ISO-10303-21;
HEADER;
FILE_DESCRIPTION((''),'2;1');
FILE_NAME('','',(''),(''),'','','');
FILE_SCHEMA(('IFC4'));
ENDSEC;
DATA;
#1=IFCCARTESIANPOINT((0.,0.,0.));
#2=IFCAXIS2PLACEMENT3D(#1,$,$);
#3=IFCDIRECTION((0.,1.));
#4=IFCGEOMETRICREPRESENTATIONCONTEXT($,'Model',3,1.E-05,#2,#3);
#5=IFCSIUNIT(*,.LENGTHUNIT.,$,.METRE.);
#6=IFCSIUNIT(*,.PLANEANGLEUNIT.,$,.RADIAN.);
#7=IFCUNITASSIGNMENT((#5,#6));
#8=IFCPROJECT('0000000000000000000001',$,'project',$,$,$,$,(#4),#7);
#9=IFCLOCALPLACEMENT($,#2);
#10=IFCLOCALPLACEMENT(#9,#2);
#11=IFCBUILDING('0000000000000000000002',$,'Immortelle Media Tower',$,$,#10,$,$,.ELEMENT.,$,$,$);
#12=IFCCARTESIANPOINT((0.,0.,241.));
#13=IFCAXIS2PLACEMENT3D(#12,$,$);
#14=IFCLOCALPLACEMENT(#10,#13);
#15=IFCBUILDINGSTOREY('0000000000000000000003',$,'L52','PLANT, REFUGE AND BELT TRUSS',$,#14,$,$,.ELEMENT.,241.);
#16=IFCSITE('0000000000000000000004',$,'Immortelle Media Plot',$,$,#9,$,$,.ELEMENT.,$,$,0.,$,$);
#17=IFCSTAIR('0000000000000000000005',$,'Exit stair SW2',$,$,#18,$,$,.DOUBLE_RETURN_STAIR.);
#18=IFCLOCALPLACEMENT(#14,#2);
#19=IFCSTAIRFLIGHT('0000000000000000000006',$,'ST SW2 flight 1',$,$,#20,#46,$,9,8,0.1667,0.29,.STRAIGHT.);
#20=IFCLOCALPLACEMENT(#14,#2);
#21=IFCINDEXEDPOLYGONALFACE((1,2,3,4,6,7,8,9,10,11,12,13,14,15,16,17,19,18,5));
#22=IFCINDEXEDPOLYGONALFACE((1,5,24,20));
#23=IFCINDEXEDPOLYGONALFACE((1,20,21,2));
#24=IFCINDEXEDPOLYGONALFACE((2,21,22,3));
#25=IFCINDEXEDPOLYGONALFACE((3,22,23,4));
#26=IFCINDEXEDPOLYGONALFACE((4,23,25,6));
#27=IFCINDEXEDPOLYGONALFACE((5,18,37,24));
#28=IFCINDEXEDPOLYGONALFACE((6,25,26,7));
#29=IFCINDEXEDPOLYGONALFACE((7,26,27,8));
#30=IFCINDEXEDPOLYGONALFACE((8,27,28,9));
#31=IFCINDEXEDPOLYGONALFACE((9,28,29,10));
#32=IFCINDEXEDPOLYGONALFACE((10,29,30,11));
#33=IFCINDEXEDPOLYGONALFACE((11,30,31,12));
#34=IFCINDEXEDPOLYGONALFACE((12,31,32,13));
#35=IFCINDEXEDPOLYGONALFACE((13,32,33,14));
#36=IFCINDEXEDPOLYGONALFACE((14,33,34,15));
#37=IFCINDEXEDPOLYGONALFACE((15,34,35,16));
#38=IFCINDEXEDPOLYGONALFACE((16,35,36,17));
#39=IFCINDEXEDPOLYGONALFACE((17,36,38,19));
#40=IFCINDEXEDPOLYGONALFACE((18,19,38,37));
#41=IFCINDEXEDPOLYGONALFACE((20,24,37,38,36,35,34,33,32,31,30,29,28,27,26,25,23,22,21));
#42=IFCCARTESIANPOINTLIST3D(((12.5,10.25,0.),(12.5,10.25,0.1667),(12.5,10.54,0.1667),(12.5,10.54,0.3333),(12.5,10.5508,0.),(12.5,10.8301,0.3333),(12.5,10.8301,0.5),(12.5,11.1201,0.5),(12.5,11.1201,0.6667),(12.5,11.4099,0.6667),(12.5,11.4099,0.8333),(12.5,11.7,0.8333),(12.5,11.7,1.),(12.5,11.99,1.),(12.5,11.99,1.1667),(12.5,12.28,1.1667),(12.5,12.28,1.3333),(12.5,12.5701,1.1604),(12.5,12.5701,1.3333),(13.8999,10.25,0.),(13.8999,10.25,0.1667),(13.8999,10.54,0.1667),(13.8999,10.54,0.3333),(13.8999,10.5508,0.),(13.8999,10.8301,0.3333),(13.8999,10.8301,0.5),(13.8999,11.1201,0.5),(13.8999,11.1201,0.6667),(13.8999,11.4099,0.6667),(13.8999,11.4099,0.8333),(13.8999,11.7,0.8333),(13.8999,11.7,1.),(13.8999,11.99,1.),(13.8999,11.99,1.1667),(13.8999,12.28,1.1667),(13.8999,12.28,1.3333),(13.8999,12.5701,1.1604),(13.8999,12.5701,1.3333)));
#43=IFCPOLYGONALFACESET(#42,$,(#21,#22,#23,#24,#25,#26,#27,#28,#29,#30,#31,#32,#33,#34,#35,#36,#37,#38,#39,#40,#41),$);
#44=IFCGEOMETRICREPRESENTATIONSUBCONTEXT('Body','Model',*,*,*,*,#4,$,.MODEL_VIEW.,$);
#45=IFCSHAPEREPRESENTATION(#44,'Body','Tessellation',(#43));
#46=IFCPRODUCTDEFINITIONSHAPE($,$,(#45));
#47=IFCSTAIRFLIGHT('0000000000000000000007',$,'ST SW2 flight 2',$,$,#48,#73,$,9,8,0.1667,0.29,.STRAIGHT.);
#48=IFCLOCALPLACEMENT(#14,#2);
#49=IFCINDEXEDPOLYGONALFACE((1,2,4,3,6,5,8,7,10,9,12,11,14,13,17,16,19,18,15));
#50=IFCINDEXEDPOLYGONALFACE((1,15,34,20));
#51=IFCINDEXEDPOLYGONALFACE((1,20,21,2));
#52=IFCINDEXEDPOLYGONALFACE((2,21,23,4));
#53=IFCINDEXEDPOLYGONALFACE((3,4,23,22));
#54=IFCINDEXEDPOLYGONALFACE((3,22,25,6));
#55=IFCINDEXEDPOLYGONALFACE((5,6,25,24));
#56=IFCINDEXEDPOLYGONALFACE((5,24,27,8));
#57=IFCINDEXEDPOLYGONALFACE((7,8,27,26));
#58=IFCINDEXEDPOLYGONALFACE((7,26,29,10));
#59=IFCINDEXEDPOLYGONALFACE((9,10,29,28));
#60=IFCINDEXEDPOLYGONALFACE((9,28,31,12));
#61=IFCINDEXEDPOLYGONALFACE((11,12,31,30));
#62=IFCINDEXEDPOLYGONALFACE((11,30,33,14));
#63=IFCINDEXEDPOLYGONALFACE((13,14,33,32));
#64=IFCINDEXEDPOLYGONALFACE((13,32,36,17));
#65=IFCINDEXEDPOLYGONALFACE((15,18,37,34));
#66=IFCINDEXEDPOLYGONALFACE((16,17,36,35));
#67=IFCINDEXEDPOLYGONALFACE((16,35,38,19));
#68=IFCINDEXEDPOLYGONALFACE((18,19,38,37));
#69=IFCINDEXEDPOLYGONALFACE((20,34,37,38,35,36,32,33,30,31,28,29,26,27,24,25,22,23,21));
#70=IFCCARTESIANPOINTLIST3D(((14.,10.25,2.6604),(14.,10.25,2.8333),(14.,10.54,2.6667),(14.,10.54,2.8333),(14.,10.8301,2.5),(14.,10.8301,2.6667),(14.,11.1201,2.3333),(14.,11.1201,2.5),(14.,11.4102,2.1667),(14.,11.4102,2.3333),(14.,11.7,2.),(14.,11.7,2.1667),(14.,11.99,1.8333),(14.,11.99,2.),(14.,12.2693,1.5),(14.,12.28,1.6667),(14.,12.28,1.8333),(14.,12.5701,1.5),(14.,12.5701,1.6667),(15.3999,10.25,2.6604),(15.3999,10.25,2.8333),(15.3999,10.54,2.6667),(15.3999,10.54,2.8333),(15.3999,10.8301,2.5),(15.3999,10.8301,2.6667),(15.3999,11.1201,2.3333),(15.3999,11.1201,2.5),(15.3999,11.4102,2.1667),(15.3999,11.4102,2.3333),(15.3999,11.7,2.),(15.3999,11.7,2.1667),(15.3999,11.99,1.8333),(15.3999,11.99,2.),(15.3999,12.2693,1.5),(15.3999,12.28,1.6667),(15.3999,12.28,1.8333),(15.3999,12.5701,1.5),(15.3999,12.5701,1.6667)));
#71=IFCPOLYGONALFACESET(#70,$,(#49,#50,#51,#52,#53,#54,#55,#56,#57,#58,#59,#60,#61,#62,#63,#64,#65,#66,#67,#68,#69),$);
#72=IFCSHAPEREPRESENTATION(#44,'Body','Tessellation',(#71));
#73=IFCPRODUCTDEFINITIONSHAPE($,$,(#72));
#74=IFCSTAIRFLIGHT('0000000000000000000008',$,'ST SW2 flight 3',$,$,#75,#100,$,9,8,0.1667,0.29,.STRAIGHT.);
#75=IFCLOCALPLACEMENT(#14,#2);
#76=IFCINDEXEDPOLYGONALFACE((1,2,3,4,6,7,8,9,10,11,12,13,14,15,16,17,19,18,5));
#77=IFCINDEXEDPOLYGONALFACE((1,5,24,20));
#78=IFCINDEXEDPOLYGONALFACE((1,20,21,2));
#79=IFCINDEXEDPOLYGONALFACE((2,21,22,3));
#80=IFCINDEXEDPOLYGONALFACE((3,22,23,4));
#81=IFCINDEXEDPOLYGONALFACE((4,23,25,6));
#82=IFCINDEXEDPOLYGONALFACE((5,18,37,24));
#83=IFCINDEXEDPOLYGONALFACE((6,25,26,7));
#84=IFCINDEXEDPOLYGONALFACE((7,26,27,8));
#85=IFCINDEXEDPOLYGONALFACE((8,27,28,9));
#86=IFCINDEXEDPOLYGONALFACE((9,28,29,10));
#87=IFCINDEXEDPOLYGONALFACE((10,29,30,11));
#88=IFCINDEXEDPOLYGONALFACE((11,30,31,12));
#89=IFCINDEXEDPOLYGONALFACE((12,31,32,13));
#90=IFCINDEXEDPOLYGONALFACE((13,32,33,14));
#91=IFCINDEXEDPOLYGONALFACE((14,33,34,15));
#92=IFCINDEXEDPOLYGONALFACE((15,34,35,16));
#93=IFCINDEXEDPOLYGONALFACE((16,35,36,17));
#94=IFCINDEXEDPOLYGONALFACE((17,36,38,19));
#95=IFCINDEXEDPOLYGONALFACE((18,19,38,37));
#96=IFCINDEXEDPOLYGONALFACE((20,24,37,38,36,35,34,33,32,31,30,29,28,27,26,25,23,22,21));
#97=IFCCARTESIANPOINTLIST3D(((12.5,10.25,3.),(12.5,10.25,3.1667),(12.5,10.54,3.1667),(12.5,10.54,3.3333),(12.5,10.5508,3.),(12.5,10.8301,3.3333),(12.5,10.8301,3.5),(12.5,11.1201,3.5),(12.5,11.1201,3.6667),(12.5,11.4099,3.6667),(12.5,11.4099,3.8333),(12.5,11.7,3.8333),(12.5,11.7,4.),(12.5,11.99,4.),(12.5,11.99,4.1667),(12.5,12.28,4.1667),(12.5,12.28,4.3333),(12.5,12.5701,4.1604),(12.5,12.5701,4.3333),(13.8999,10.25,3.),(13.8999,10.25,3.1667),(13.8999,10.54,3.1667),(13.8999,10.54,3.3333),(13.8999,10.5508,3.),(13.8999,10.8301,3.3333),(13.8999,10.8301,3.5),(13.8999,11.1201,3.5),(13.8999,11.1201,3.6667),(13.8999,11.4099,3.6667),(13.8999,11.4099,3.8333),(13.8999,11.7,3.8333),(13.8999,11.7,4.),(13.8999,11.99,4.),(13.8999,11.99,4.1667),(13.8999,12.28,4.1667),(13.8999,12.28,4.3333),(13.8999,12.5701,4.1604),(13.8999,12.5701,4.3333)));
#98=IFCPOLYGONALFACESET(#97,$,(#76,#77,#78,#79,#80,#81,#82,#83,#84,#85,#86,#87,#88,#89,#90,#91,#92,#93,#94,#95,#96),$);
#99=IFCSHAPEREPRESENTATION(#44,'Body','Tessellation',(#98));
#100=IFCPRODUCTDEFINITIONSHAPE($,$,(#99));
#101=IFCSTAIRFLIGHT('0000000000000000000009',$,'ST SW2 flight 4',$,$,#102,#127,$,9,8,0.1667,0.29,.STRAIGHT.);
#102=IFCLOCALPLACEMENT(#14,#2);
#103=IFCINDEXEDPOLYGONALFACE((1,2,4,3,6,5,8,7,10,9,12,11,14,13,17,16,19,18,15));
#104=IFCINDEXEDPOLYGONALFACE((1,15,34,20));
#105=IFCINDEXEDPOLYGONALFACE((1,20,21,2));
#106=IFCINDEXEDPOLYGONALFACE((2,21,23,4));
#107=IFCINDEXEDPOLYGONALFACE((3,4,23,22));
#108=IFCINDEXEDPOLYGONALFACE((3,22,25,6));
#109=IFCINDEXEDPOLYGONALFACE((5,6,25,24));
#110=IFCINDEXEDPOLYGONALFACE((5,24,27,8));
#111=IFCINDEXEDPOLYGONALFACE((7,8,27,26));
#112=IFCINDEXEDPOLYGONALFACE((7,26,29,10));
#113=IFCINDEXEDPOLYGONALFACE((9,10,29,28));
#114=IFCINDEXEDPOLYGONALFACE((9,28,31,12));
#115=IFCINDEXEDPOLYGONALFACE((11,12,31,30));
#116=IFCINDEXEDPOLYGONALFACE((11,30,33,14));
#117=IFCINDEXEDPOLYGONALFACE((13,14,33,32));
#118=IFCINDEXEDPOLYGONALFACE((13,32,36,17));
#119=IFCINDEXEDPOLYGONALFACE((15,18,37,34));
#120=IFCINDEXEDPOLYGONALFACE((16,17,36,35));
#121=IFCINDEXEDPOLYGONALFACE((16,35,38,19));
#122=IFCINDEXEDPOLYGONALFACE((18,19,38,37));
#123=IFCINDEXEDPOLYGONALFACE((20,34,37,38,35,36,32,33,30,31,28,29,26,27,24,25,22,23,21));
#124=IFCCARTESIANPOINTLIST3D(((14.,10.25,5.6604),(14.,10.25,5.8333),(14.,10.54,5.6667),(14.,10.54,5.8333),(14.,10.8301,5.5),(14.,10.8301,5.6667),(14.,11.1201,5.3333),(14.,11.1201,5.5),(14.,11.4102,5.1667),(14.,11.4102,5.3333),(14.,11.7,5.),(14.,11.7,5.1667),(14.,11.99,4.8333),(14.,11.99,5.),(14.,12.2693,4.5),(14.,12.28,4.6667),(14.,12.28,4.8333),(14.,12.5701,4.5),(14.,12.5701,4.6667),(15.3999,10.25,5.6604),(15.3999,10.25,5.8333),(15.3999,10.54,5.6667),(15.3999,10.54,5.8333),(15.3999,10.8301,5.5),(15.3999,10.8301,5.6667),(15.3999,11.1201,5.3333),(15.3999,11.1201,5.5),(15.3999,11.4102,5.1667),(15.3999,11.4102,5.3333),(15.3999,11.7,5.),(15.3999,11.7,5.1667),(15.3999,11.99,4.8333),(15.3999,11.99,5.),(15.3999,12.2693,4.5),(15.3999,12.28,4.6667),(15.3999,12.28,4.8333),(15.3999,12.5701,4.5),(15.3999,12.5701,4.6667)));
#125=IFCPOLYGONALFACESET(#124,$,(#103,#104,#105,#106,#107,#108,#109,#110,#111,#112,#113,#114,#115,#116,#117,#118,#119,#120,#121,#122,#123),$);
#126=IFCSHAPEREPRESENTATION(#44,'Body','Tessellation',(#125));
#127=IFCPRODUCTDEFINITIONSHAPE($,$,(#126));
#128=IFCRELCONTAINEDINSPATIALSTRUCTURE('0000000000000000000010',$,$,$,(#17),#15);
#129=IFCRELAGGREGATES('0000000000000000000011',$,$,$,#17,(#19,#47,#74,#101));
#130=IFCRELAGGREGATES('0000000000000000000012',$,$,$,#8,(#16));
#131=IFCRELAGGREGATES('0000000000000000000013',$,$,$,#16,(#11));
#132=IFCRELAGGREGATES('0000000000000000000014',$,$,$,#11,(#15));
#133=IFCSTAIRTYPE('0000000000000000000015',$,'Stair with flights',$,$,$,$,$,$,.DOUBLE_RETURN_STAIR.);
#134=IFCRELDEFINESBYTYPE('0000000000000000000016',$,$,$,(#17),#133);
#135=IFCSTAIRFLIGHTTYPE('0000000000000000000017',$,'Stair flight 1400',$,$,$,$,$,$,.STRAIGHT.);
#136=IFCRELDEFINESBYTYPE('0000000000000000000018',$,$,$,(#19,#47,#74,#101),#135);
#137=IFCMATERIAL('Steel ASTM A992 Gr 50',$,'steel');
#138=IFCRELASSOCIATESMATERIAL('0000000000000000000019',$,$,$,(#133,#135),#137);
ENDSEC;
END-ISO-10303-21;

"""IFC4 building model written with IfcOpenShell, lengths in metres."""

from ifc_helpers import new_model, si_unit, direction, frame, origin, place, context, subcontext, project, spatial, polyline, outline, extrude, material, type_object, element, aggregate, save


model = new_model("IFC4")

# Units and contexts
model_context = context("Model", 3, precision=1e-05, world=origin(), true_north=direction((0.0, 1.0)))
body_context = subcontext(model_context, "Body", "Model", "MODEL_VIEW")
ifc_project = project(units=[si_unit("LENGTHUNIT", "METRE"), si_unit("PLANEANGLEUNIT", "RADIAN")], contexts=[model_context])

# Site, building, storey
site_placement = place(None, origin())
site = spatial("IfcSite", under=ifc_project, at=site_placement, Name="Immortelle Media Plot", CompositionType="ELEMENT", RefElevation=0.0)
building_placement = place(site_placement, origin())
building = spatial("IfcBuilding", under=site, at=building_placement, Name="Immortelle Media Tower", CompositionType="ELEMENT")
storey_placement = place(building_placement, frame((0.0, 0.0, 241.0)))
storey = spatial("IfcBuildingStorey", under=building, at=storey_placement, Name="L52", Description="PLANT, REFUGE AND BELT TRUSS", CompositionType="ELEMENT", Elevation=241.0)

# Shared definitions
ifc_material_1 = material(Name="Steel ASTM A992 Gr 50", Category="steel")

# Stair, stair flights
stair_type = type_object("IfcStairType", Name="Stair with flights", PredefinedType="DOUBLE_RETURN_STAIR", material=ifc_material_1)
stair_flight_type = type_object("IfcStairFlightType", Name="Stair flight 1400", PredefinedType="STRAIGHT", material=ifc_material_1)
stair_1_placement = place(storey_placement, origin())
stair_1 = element("IfcStair", 1, at=stair_1_placement, inside=storey, type_object=stair_type, Name="Exit stair SW2", PredefinedType="DOUBLE_RETURN_STAIR")
stair_flight_1_placement = place(storey_placement, frame((13.2, 10.25, 0.0), z_axis=(0.0, 0.0, 1.0), x_axis=(0.0, 1.0, 0.0)))
stair_flight_1 = element("IfcStairFlight", 2, at=stair_flight_1_placement, type_object=stair_flight_type, Name="ST SW2 flight 1", NumberOfRisers=9, NumberOfTreads=8, PredefinedType="STRAIGHT", RiserHeight=0.1667, TreadLength=0.29, context=body_context, shape_type="SweptSolid", body=[
    extrude(outline(polyline([(0.0, 0.0), (0.0, 0.1667), (0.29, 0.1667), (0.29, 0.3333), (0.5801, 0.3333), (0.5801, 0.5), (0.8701, 0.5), (0.8701, 0.6667), (1.1599, 0.6667), (1.1599, 0.8333), (1.45, 0.8333), (1.45, 1.0), (1.74, 1.0), (1.74, 1.1667), (2.03, 1.1667), (2.03, 1.3333), (2.3201, 1.3333), (2.3201, 1.5), (2.3201, 1.1604), (0.3008, 0.0), (0.0, 0.0)])), frame((0.0, 0.7, 0.0), z_axis=(0.0, -1.0, 0.0), x_axis=(1.0, 0.0, 0.0)), (0.0, 0.0, 1.0), 1.3999),
])
stair_flight_2_placement = place(storey_placement, frame((14.7, 12.5701, 1.5), z_axis=(0.0, 0.0, 1.0), x_axis=(0.0, -1.0, 0.0)))
stair_flight_2 = element("IfcStairFlight", 3, at=stair_flight_2_placement, type_object=stair_flight_type, Name="ST SW2 flight 2", NumberOfRisers=9, NumberOfTreads=8, PredefinedType="STRAIGHT", RiserHeight=0.1667, TreadLength=0.29, context=body_context, shape_type="SweptSolid", body=[
    extrude(outline(polyline([(0.0, 0.0), (0.0, 0.1667), (0.29, 0.1667), (0.29, 0.3333), (0.5801, 0.3333), (0.5801, 0.5), (0.8701, 0.5), (0.8701, 0.6667), (1.1599, 0.6667), (1.1599, 0.8333), (1.45, 0.8333), (1.45, 1.0), (1.74, 1.0), (1.74, 1.1667), (2.03, 1.1667), (2.03, 1.3333), (2.3201, 1.3333), (2.3201, 1.5), (2.3201, 1.1604), (0.3008, 0.0), (0.0, 0.0)])), frame((0.0, 0.7, 0.0), z_axis=(0.0, -1.0, 0.0), x_axis=(1.0, 0.0, 0.0)), (0.0, 0.0, 1.0), 1.3999),
])
stair_flight_3_placement = place(storey_placement, frame((13.2, 10.25, 3.0), z_axis=(0.0, 0.0, 1.0), x_axis=(0.0, 1.0, 0.0)))
stair_flight_3 = element("IfcStairFlight", 4, at=stair_flight_3_placement, type_object=stair_flight_type, Name="ST SW2 flight 3", NumberOfRisers=9, NumberOfTreads=8, PredefinedType="STRAIGHT", RiserHeight=0.1667, TreadLength=0.29, context=body_context, shape_type="SweptSolid", body=[
    extrude(outline(polyline([(0.0, 0.0), (0.0, 0.1667), (0.29, 0.1667), (0.29, 0.3333), (0.5801, 0.3333), (0.5801, 0.5), (0.8701, 0.5), (0.8701, 0.6667), (1.1599, 0.6667), (1.1599, 0.8333), (1.45, 0.8333), (1.45, 1.0), (1.74, 1.0), (1.74, 1.1667), (2.03, 1.1667), (2.03, 1.3333), (2.3201, 1.3333), (2.3201, 1.5), (2.3201, 1.1604), (0.3008, 0.0), (0.0, 0.0)])), frame((0.0, 0.7, 0.0), z_axis=(0.0, -1.0, 0.0), x_axis=(1.0, 0.0, 0.0)), (0.0, 0.0, 1.0), 1.3999),
])
stair_flight_4_placement = place(storey_placement, frame((14.7, 12.5701, 4.5), z_axis=(0.0, 0.0, 1.0), x_axis=(0.0, -1.0, 0.0)))
stair_flight_4 = element("IfcStairFlight", 5, at=stair_flight_4_placement, type_object=stair_flight_type, Name="ST SW2 flight 4", NumberOfRisers=9, NumberOfTreads=8, PredefinedType="STRAIGHT", RiserHeight=0.1667, TreadLength=0.29, context=body_context, shape_type="SweptSolid", body=[
    extrude(outline(polyline([(0.0, 0.0), (0.0, 0.1667), (0.29, 0.1667), (0.29, 0.3333), (0.5801, 0.3333), (0.5801, 0.5), (0.8701, 0.5), (0.8701, 0.6667), (1.1599, 0.6667), (1.1599, 0.8333), (1.45, 0.8333), (1.45, 1.0), (1.74, 1.0), (1.74, 1.1667), (2.03, 1.1667), (2.03, 1.3333), (2.3201, 1.3333), (2.3201, 1.5), (2.3201, 1.1604), (0.3008, 0.0), (0.0, 0.0)])), frame((0.0, 0.7, 0.0), z_axis=(0.0, -1.0, 0.0), x_axis=(1.0, 0.0, 0.0)), (0.0, 0.0, 1.0), 1.3999),
])
aggregate(stair_1, [stair_flight_1, stair_flight_2, stair_flight_3, stair_flight_4])

save(model, "model.ifc")
